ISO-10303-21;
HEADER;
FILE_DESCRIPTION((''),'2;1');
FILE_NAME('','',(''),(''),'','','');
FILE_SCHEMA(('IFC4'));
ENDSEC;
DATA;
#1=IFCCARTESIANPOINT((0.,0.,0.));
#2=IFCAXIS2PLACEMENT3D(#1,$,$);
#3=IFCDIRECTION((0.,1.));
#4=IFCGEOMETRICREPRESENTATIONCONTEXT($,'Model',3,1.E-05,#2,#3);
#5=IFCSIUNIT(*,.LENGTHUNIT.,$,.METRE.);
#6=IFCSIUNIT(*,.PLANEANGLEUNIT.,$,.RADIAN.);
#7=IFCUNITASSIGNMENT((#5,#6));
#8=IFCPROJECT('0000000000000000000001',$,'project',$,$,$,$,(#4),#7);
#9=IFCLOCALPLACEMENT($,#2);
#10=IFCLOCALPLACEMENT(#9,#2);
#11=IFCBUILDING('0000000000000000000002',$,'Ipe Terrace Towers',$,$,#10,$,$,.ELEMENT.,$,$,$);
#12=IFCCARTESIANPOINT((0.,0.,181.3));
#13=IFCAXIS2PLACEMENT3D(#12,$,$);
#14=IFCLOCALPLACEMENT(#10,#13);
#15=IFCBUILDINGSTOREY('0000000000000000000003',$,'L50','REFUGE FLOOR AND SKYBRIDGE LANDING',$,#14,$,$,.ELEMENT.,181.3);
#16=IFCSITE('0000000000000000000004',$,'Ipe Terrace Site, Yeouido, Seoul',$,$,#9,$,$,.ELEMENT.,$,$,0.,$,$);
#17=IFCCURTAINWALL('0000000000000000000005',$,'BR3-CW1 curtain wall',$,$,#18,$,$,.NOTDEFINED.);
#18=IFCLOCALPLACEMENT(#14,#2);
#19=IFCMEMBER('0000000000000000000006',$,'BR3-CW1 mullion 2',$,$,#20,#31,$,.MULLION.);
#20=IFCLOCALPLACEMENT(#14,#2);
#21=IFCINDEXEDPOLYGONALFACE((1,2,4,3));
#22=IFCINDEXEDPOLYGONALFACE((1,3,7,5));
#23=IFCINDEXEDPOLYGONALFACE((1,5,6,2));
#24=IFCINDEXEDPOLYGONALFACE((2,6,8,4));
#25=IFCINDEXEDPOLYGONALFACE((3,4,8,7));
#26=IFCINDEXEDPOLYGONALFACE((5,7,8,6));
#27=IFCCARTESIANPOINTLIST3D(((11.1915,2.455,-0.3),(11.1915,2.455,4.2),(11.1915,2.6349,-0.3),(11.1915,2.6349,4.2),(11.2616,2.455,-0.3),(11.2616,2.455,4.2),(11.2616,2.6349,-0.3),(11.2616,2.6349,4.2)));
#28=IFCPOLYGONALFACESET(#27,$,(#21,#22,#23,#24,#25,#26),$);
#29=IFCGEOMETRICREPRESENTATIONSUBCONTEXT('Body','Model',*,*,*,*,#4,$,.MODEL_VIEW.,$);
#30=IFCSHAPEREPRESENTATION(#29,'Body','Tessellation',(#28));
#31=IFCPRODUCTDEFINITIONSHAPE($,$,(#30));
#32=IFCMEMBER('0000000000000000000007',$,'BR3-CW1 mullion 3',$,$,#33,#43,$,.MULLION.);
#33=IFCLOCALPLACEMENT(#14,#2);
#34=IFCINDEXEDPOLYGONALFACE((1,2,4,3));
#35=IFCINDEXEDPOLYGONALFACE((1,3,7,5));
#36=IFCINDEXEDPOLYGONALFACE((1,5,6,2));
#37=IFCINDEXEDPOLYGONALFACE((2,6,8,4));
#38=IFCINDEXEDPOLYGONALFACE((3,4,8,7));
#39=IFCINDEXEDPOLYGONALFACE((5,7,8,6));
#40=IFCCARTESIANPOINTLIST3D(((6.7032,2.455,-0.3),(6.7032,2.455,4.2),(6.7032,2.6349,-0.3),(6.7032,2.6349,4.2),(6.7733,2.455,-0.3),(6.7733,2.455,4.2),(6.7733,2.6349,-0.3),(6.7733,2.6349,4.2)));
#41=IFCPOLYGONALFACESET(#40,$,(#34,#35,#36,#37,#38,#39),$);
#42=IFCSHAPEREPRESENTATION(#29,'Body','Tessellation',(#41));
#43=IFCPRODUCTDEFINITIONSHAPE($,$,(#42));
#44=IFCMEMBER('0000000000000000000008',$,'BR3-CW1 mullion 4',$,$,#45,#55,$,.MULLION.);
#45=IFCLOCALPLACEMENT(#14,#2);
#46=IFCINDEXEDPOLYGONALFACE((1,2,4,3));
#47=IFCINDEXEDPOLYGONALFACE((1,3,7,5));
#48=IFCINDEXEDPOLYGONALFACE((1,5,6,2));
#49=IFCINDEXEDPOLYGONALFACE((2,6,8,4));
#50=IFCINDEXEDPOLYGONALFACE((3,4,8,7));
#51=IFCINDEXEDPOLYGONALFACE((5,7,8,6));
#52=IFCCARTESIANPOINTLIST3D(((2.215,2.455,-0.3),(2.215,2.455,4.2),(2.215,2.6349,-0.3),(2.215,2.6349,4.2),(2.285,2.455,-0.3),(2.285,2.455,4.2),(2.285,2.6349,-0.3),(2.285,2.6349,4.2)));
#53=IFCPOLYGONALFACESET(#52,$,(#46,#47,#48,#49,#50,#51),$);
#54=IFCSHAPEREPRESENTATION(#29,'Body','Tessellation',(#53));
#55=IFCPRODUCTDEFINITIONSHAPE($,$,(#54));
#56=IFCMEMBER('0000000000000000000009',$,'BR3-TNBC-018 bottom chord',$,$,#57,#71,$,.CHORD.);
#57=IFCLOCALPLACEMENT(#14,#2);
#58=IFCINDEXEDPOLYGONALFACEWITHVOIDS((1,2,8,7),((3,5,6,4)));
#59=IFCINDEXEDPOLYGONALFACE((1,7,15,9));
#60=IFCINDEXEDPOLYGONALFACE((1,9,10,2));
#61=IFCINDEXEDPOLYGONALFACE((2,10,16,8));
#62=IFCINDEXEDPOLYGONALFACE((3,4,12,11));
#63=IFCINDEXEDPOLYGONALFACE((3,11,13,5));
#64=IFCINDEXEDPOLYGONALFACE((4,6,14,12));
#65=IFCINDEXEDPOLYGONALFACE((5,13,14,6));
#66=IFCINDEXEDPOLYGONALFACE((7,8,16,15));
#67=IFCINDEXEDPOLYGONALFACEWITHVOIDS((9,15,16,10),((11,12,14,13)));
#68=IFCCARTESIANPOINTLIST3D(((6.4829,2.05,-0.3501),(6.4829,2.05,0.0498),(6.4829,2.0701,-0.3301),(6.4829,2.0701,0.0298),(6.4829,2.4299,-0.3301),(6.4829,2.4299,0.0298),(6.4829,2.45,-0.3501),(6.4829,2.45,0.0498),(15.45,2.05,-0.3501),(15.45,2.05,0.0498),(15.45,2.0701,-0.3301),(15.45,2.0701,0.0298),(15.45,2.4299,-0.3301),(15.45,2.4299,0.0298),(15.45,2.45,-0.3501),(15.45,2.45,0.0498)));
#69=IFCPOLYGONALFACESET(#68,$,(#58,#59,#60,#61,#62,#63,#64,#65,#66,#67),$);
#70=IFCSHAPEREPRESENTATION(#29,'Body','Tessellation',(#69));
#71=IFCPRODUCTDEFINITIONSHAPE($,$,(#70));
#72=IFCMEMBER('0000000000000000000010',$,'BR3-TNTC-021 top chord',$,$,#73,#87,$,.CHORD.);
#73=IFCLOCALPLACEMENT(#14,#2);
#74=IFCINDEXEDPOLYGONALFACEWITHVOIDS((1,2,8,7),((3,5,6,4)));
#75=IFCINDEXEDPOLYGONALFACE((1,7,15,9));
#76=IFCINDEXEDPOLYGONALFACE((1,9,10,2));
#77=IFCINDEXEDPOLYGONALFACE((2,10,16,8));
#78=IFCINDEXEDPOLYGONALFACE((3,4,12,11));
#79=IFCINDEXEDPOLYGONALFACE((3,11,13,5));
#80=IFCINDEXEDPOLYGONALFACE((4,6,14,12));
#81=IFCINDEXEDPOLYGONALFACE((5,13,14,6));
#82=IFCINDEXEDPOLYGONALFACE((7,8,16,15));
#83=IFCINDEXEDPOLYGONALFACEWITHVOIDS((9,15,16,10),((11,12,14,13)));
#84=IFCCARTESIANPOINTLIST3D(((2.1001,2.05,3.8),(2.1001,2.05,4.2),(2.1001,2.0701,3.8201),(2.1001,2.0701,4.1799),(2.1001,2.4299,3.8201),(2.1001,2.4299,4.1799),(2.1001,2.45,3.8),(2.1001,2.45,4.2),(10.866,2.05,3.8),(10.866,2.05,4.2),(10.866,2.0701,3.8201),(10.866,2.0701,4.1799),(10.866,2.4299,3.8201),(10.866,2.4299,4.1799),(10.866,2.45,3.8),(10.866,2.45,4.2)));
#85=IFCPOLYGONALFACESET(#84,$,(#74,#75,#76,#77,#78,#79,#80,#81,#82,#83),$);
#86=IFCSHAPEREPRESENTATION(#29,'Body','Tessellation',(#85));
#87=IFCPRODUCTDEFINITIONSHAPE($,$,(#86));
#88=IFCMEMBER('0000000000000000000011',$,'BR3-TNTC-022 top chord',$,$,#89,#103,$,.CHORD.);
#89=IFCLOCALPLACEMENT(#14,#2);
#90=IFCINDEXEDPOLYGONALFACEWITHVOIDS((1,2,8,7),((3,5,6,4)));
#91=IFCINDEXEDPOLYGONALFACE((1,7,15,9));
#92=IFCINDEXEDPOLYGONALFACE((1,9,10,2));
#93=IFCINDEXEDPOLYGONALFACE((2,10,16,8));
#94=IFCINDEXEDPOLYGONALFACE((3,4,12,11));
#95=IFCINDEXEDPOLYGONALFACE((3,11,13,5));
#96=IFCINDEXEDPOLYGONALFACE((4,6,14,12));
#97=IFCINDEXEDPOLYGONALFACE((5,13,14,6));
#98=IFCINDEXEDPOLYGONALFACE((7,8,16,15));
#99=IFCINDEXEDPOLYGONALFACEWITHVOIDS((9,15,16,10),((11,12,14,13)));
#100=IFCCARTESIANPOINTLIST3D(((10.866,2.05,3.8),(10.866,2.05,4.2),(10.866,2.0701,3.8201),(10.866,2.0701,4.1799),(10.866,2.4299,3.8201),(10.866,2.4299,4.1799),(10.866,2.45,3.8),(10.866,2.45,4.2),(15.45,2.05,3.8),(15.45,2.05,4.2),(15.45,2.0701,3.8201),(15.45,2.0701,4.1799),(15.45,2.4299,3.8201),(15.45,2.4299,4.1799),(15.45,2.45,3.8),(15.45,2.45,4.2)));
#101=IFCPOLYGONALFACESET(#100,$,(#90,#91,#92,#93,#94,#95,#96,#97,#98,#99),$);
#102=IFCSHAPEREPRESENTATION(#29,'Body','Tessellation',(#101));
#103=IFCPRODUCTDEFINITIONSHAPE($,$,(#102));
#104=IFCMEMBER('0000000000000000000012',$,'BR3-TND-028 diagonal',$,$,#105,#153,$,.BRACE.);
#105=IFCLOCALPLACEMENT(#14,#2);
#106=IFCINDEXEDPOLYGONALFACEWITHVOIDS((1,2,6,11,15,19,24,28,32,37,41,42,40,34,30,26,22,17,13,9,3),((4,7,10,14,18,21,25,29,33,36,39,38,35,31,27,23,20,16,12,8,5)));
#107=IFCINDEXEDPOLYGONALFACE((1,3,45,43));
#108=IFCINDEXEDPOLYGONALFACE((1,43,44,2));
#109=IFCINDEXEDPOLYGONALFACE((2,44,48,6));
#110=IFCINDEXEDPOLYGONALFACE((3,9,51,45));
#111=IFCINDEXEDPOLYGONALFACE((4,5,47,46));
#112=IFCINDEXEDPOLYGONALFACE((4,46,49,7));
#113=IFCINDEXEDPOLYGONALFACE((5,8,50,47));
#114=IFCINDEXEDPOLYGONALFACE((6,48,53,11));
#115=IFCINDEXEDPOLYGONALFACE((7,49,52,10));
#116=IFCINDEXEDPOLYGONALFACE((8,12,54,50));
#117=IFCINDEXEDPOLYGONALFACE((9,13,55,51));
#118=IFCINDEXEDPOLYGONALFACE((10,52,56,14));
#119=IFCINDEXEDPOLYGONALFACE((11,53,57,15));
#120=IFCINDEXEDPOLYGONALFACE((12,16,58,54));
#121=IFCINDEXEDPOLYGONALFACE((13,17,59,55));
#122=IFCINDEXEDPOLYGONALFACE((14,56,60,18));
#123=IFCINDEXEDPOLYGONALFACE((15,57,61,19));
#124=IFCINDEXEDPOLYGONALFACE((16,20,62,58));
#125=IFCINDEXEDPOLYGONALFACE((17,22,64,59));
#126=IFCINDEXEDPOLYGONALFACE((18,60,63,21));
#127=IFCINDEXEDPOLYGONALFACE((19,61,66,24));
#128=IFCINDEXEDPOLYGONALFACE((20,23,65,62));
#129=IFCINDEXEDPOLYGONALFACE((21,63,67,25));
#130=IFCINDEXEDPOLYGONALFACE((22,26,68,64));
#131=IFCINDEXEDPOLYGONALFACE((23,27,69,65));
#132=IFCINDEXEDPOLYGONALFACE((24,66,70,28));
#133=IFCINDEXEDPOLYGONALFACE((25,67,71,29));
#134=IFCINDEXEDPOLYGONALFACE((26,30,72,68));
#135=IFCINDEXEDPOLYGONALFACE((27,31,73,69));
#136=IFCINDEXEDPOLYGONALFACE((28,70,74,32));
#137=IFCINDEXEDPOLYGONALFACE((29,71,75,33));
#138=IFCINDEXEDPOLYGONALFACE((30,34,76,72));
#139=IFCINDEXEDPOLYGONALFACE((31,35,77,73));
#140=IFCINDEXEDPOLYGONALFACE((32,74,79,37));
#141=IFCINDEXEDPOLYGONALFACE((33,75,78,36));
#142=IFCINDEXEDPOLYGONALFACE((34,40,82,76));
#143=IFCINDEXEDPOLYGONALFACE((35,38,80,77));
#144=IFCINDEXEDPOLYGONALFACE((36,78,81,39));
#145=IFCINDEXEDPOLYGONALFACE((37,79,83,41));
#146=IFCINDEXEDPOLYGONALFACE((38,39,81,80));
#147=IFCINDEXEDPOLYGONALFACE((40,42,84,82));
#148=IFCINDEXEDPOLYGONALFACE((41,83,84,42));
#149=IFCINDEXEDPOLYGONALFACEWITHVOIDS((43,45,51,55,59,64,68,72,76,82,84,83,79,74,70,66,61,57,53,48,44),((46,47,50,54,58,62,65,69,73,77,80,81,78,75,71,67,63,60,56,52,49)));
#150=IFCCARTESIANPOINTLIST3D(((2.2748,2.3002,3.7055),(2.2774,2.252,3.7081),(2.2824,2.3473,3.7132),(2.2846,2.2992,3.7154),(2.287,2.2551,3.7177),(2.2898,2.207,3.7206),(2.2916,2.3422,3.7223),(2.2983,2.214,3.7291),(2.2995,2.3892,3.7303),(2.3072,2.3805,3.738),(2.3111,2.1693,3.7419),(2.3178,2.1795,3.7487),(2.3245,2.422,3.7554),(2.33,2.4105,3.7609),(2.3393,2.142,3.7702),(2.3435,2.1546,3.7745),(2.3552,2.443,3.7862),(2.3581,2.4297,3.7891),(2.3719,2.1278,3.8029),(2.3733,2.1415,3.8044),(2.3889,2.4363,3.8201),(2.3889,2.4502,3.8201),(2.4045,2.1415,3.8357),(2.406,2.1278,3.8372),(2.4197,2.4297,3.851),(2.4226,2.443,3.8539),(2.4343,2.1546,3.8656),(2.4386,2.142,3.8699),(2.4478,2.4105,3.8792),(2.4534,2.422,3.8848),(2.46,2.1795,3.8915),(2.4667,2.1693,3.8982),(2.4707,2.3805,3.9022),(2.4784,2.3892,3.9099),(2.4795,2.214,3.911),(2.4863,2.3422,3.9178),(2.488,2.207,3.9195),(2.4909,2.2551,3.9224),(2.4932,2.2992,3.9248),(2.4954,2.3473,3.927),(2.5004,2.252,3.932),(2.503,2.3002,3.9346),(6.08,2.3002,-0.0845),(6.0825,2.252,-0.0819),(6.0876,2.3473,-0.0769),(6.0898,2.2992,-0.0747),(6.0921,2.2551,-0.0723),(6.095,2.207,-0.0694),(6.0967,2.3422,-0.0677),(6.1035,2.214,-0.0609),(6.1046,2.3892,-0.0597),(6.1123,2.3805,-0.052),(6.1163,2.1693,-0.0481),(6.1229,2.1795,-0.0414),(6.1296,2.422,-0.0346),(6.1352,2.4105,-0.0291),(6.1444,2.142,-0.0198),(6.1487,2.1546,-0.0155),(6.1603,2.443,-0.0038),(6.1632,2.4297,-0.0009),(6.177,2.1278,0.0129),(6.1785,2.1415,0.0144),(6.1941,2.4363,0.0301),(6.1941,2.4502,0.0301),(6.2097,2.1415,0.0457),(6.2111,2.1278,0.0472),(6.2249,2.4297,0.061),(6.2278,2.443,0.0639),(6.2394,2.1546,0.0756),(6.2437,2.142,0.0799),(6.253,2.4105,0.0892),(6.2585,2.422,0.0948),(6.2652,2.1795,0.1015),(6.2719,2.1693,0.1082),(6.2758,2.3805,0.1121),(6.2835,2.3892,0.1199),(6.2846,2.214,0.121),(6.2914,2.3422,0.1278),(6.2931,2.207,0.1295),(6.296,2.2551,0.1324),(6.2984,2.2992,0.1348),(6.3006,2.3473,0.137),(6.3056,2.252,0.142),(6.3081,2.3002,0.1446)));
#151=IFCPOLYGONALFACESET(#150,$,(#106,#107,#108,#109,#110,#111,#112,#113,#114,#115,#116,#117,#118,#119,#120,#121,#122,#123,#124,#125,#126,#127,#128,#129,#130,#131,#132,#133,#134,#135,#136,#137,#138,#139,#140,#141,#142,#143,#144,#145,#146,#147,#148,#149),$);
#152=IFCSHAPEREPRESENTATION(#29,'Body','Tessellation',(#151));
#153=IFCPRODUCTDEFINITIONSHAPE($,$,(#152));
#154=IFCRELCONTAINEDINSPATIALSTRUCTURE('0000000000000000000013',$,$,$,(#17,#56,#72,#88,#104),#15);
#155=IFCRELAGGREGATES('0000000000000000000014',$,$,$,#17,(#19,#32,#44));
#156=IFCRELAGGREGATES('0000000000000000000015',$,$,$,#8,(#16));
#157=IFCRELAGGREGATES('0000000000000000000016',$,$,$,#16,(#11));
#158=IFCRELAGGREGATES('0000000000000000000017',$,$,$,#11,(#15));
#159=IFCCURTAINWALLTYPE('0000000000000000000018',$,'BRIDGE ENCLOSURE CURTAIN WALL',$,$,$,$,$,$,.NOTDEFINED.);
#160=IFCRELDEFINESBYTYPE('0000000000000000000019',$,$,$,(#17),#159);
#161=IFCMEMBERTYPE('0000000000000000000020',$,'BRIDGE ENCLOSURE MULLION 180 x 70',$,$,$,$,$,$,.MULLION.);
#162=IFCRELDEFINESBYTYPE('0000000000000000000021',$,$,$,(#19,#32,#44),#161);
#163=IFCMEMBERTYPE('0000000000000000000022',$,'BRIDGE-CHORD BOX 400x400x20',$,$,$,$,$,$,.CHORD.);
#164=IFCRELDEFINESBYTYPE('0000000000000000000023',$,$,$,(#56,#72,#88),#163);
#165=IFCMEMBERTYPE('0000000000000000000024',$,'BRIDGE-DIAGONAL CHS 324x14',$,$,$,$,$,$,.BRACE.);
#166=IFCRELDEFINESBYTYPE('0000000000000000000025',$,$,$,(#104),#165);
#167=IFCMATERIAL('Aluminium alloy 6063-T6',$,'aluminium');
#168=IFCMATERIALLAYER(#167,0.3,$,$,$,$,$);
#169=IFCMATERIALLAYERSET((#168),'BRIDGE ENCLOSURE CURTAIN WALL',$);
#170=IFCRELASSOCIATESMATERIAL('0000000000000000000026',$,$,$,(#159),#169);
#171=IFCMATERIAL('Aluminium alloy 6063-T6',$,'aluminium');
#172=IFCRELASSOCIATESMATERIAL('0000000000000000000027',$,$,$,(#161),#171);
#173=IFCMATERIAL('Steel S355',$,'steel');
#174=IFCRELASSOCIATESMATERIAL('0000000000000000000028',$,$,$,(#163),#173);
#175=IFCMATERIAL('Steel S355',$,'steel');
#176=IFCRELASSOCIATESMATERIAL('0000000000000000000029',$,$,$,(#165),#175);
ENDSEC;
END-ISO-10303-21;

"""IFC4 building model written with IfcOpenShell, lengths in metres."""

from ifc_helpers import new_model, si_unit, direction, frame, origin, origin_2d, place, context, subcontext, project, spatial, rectangle, hollow_rectangle, hollow_circle, extrude, material, layer, layer_set, material_profile, profile_set, type_object, element, aggregate, save


model = new_model("IFC4")

# Units and contexts
model_context = context("Model", 3, precision=1e-05, world=origin(), true_north=direction((0.0, 1.0)))
body_context = subcontext(model_context, "Body", "Model", "MODEL_VIEW")
ifc_project = project(units=[si_unit("LENGTHUNIT", "METRE"), si_unit("PLANEANGLEUNIT", "RADIAN")], contexts=[model_context])

# Site, building, storey
site_placement = place(None, origin())
site = spatial("IfcSite", under=ifc_project, at=site_placement, Name="Ipe Terrace Site, Yeouido, Seoul", CompositionType="ELEMENT", RefElevation=0.0)
building_placement = place(site_placement, origin())
building = spatial("IfcBuilding", under=site, at=building_placement, Name="Ipe Terrace Towers", CompositionType="ELEMENT")
storey_placement = place(building_placement, frame((0.0, 0.0, 181.3)))
storey = spatial("IfcBuildingStorey", under=building, at=storey_placement, Name="L50", Description="REFUGE FLOOR AND SKYBRIDGE LANDING", CompositionType="ELEMENT", Elevation=181.3)

# Curtain wall, members
ifc_material_1 = material(Name="Aluminium alloy 6063-T6", Category="aluminium")
ifc_layer_1 = layer(ifc_material_1, 0.3)
ifc_layer_set_1 = layer_set([ifc_layer_1], Name="BRIDGE ENCLOSURE CURTAIN WALL")
curtain_wall_type_1 = type_object("IfcCurtainWallType", Name="BRIDGE ENCLOSURE CURTAIN WALL", PredefinedType="NOTDEFINED", material=ifc_layer_set_1)
curtain_wall_1_placement = place(storey_placement, origin())
curtain_wall_1 = element("IfcCurtainWall", 1, at=curtain_wall_1_placement, inside=storey, type_object=curtain_wall_type_1, Name="BR3-CW1 curtain wall", PredefinedType="NOTDEFINED")
ifc_material_2 = material(Name="Aluminium alloy 6063-T6", Category="aluminium")
ifc_material_profile_1 = material_profile(ifc_material_2, rectangle(XDim=0.1799, YDim=0.0701, at=origin_2d()), Name="BRIDGE ENCLOSURE MULLION 180 x 70")
ifc_profile_set_1 = profile_set([ifc_material_profile_1], Name="Aluminium alloy 6063-T6")
member_type_1 = type_object("IfcMemberType", Name="BRIDGE ENCLOSURE MULLION 180 x 70", PredefinedType="MULLION", material=ifc_profile_set_1)
member_1_placement = place(storey_placement, frame((11.2266, 2.5449, -0.3), z_axis=(0.0, 0.0, 1.0), x_axis=(0.0, 1.0, 0.0)))
member_1 = element("IfcMember", 2, at=member_1_placement, type_object=member_type_1, Name="BR3-CW1 mullion 2", PredefinedType="MULLION", context=body_context, shape_type="SweptSolid", body=[
    extrude(rectangle(XDim=0.1799, YDim=0.0701, at=origin_2d()), origin(), (0.0, 0.0, 1.0), 4.5),
])
member_2_placement = place(storey_placement, frame((6.7383, 2.5449, -0.3), z_axis=(0.0, 0.0, 1.0), x_axis=(0.0, 1.0, 0.0)))
member_2 = element("IfcMember", 3, at=member_2_placement, type_object=member_type_1, Name="BR3-CW1 mullion 3", PredefinedType="MULLION", context=body_context, shape_type="SweptSolid", body=[
    extrude(rectangle(XDim=0.1799, YDim=0.0701, at=origin_2d()), origin(), (0.0, 0.0, 1.0), 4.5),
])
member_3_placement = place(storey_placement, frame((2.25, 2.5449, -0.3), z_axis=(0.0, 0.0, 1.0), x_axis=(0.0, 1.0, 0.0)))
member_3 = element("IfcMember", 4, at=member_3_placement, type_object=member_type_1, Name="BR3-CW1 mullion 4", PredefinedType="MULLION", context=body_context, shape_type="SweptSolid", body=[
    extrude(rectangle(XDim=0.1799, YDim=0.0701, at=origin_2d()), origin(), (0.0, 0.0, 1.0), 4.5),
])

# Members
ifc_material_3 = material(Name="Steel S355", Category="steel")
ifc_material_profile_2 = material_profile(ifc_material_3, hollow_rectangle(XDim=0.3999, YDim=0.3999, WallThickness=0.02, at=origin_2d()), Name="BRIDGE-CHORD BOX 400x400x20")
ifc_profile_set_2 = profile_set([ifc_material_profile_2], Name="Steel S355")
member_type_2 = type_object("IfcMemberType", Name="BRIDGE-CHORD BOX 400x400x20", PredefinedType="CHORD", material=ifc_profile_set_2)
member_4_placement = place(storey_placement, frame((6.4829, 2.25, -0.1501), z_axis=(1.0, 0.0, 0.0), x_axis=(0.0, 1.0, 0.0)))
element("IfcMember", 5, at=member_4_placement, inside=storey, type_object=member_type_2, Name="BR3-TNBC-018 bottom chord", PredefinedType="CHORD", context=body_context, shape_type="SweptSolid", body=[
    extrude(hollow_rectangle(XDim=0.3999, YDim=0.3999, WallThickness=0.02, at=origin_2d()), origin(), (0.0, 0.0, 1.0), 8.967),
])
member_5_placement = place(storey_placement, frame((2.1001, 2.25, 4.0), z_axis=(1.0, 0.0, 0.0), x_axis=(0.0, 1.0, 0.0)))
element("IfcMember", 6, at=member_5_placement, inside=storey, type_object=member_type_2, Name="BR3-TNTC-021 top chord", PredefinedType="CHORD", context=body_context, shape_type="SweptSolid", body=[
    extrude(hollow_rectangle(XDim=0.3999, YDim=0.3999, WallThickness=0.02, at=origin_2d()), origin(), (0.0, 0.0, 1.0), 8.7659),
])
member_6_placement = place(storey_placement, frame((10.866, 2.25, 4.0), z_axis=(1.0, 0.0, 0.0), x_axis=(0.0, 1.0, 0.0)))
element("IfcMember", 7, at=member_6_placement, inside=storey, type_object=member_type_2, Name="BR3-TNTC-022 top chord", PredefinedType="CHORD", context=body_context, shape_type="SweptSolid", body=[
    extrude(hollow_rectangle(XDim=0.3999, YDim=0.3999, WallThickness=0.02, at=origin_2d()), origin(), (0.0, 0.0, 1.0), 4.584),
])
ifc_material_4 = material(Name="Steel S355", Category="steel")
ifc_material_profile_3 = material_profile(ifc_material_4, hollow_circle(Radius=0.1621, WallThickness=0.0139, at=origin_2d()), Name="BRIDGE-DIAGONAL CHS 324x14")
ifc_profile_set_3 = profile_set([ifc_material_profile_3], Name="Steel S355")
member_type_3 = type_object("IfcMemberType", Name="BRIDGE-DIAGONAL CHS 324x14", PredefinedType="BRACE", material=ifc_profile_set_3)
member_7_placement = place(storey_placement, frame((2.3889, 2.2881, 3.8201), z_axis=(0.708515, 0.0, -0.705696), x_axis=(0.0, 1.0, 0.0)))
element("IfcMember", 8, at=member_7_placement, inside=storey, type_object=member_type_3, Name="BR3-TND-028 diagonal", PredefinedType="BRACE", context=body_context, shape_type="SweptSolid", body=[
    extrude(hollow_circle(Radius=0.1621, WallThickness=0.0139, at=origin_2d()), origin(), (0.0, 0.0, 1.0), 5.3706),
])

aggregate(curtain_wall_1, [member_1, member_2, member_3])

save(model, "model.ifc")
